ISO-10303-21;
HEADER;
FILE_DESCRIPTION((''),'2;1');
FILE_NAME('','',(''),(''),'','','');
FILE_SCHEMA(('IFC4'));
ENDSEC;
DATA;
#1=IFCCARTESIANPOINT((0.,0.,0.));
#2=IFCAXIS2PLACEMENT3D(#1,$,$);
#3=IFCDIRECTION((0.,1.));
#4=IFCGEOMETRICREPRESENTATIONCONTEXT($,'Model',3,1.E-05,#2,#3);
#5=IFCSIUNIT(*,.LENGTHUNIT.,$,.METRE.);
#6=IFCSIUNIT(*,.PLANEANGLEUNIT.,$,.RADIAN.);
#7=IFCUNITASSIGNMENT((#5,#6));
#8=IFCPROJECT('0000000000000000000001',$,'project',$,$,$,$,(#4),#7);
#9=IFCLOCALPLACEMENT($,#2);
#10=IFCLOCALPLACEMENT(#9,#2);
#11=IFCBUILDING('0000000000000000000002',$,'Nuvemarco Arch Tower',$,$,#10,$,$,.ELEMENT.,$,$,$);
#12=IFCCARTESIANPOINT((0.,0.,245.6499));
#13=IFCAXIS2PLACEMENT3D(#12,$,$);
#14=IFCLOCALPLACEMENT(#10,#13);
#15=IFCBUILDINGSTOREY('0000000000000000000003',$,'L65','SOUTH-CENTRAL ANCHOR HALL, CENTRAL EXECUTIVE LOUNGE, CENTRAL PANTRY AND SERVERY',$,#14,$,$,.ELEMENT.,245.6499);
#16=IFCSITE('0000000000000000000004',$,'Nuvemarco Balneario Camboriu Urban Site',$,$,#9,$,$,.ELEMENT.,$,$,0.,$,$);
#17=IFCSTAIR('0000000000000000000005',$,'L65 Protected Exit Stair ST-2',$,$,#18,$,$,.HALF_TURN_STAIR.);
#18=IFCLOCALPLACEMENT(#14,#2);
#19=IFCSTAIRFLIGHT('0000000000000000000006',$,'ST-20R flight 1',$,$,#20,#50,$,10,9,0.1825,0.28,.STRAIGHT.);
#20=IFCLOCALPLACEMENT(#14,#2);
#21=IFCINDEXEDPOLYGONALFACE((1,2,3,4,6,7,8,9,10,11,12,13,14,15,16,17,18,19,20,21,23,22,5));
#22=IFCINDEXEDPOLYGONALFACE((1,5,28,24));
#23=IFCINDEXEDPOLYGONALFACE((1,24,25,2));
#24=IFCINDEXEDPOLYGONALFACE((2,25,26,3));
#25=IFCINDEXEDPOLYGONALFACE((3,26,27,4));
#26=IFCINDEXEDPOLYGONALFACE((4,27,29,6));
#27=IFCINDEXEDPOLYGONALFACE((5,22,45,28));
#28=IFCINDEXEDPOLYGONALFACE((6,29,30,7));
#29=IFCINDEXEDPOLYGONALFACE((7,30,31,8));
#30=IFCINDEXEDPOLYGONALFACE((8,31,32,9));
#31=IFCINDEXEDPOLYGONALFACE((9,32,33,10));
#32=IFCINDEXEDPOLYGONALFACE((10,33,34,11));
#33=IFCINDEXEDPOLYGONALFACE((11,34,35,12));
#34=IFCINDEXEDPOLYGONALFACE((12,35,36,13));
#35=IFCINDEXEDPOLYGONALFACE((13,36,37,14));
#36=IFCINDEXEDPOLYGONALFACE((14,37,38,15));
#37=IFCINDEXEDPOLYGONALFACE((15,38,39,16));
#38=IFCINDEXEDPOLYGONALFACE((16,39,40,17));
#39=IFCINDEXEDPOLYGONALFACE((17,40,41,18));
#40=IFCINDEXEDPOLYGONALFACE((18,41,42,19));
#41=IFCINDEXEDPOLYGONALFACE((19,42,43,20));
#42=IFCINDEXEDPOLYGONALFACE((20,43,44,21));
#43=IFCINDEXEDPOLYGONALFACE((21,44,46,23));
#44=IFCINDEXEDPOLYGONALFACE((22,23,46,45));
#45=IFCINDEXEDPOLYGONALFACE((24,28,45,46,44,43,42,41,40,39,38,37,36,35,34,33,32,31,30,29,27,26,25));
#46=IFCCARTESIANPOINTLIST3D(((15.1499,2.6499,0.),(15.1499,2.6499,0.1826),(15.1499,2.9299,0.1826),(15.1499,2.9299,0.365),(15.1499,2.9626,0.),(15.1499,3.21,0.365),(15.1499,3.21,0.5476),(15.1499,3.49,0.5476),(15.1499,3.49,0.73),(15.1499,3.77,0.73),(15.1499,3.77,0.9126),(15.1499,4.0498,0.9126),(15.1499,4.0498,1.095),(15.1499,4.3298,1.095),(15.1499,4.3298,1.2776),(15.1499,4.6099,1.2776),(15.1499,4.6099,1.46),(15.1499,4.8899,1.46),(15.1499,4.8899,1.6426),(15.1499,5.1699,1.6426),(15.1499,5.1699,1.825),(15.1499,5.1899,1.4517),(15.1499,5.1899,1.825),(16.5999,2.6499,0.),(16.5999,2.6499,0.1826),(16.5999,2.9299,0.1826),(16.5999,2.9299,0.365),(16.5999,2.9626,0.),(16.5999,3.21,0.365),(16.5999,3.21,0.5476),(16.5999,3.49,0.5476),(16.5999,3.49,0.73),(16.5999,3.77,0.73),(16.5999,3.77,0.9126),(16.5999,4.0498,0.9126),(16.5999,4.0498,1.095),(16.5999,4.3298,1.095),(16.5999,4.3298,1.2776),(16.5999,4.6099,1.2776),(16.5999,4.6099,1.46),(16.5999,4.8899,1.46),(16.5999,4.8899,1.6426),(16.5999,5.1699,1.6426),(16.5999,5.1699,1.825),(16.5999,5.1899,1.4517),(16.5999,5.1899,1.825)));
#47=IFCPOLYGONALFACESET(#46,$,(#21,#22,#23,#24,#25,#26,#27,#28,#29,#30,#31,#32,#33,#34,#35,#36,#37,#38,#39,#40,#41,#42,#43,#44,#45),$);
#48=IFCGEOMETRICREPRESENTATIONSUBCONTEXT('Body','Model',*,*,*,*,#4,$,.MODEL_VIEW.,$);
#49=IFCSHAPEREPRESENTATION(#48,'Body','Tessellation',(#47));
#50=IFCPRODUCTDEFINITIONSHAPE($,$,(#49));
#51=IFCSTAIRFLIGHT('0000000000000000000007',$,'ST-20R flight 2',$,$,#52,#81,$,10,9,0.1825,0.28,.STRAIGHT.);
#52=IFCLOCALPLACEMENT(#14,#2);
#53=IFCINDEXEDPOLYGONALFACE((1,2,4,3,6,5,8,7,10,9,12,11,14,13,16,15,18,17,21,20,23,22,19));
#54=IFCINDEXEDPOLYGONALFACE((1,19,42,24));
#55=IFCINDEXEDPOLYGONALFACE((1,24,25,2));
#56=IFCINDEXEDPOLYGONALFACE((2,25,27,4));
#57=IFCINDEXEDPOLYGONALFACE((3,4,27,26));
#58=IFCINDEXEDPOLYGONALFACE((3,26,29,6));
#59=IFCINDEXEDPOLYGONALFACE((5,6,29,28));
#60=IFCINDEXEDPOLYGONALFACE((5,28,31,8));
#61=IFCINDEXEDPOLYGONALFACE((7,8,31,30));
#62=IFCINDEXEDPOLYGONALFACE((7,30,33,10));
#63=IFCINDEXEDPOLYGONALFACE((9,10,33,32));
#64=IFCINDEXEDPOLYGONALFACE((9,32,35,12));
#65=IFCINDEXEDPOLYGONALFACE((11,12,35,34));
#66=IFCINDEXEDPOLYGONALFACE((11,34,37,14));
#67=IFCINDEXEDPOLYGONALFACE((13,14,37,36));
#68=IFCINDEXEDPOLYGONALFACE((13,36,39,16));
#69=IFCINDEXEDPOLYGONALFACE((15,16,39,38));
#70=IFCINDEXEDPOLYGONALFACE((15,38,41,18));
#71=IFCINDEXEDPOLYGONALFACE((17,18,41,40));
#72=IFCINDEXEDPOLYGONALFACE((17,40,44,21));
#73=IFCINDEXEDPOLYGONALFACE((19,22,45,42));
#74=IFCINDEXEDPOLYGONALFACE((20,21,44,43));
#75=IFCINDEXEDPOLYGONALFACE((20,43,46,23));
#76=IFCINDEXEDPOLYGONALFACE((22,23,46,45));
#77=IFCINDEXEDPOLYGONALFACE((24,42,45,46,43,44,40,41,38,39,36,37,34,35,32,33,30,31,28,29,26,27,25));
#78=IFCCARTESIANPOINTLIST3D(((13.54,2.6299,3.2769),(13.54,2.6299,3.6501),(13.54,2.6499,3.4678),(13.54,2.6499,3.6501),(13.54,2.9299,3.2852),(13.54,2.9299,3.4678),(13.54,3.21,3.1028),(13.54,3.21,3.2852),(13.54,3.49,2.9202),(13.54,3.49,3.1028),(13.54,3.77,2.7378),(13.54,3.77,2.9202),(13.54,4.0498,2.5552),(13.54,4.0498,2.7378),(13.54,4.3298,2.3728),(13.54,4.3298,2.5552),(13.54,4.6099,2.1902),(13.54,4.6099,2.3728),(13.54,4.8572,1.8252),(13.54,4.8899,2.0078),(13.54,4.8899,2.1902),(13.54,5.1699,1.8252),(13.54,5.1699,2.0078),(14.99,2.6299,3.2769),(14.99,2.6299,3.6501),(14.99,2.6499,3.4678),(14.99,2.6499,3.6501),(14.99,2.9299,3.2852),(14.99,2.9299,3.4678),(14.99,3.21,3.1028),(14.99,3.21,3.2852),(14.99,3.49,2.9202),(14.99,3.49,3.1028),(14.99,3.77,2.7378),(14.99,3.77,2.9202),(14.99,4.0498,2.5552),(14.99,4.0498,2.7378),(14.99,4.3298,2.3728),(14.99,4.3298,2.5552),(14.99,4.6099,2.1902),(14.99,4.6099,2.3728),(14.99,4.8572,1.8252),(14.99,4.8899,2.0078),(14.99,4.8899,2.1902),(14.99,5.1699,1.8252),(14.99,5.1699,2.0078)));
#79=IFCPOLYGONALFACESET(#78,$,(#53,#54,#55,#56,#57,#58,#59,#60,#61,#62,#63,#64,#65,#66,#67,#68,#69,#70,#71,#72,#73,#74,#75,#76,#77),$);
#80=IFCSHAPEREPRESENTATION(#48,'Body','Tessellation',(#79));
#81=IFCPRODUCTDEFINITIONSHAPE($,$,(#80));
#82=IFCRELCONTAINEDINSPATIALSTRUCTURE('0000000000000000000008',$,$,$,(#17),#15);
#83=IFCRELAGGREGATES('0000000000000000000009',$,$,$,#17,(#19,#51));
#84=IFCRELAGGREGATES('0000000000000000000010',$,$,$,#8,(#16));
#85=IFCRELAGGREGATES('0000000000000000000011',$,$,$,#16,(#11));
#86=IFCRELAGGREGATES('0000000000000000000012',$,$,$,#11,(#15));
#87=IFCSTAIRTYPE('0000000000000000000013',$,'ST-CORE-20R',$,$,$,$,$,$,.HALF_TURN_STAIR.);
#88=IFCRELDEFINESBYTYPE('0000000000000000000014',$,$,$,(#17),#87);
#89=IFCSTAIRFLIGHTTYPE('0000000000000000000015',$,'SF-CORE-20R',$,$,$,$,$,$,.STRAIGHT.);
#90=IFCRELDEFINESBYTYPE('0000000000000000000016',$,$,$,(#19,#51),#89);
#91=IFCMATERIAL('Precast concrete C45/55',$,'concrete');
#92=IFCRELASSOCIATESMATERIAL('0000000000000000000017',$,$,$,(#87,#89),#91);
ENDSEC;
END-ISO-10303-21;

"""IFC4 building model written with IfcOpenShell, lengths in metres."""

from ifc_helpers import new_model, si_unit, direction, frame, origin, place, context, subcontext, project, spatial, polyline, outline, extrude, material, type_object, element, aggregate, save


model = new_model("IFC4")

# Units and contexts
model_context = context("Model", 3, precision=1e-05, world=origin(), true_north=direction((0.0, 1.0)))
body_context = subcontext(model_context, "Body", "Model", "MODEL_VIEW")
ifc_project = project(units=[si_unit("LENGTHUNIT", "METRE"), si_unit("PLANEANGLEUNIT", "RADIAN")], contexts=[model_context])

# Site, building, storey
site_placement = place(None, origin())
site = spatial("IfcSite", under=ifc_project, at=site_placement, Name="Nuvemarco Balneario Camboriu Urban Site", CompositionType="ELEMENT", RefElevation=0.0)
building_placement = place(site_placement, origin())
building = spatial("IfcBuilding", under=site, at=building_placement, Name="Nuvemarco Arch Tower", CompositionType="ELEMENT")
storey_placement = place(building_placement, frame((0.0, 0.0, 245.6499)))
storey = spatial("IfcBuildingStorey", under=building, at=storey_placement, Name="L65", Description="SOUTH-CENTRAL ANCHOR HALL, CENTRAL EXECUTIVE LOUNGE, CENTRAL PANTRY AND SERVERY", CompositionType="ELEMENT", Elevation=245.6499)

# Shared definitions
ifc_material_1 = material(Name="Precast concrete C45/55", Category="concrete")

# Stair, stair flights
stair_type = type_object("IfcStairType", Name="ST-CORE-20R", PredefinedType="HALF_TURN_STAIR", material=ifc_material_1)
stair_placement = place(storey_placement, origin())
stair = element("IfcStair", 1, at=stair_placement, inside=storey, type_object=stair_type, Name="L65 Protected Exit Stair ST-2", PredefinedType="HALF_TURN_STAIR")
stair_flight_type = type_object("IfcStairFlightType", Name="SF-CORE-20R", PredefinedType="STRAIGHT", material=ifc_material_1)
stair_flight_1_placement = place(storey_placement, frame((15.875, 2.6499, 0.0), z_axis=(0.0, 0.0, 1.0), x_axis=(0.0, 1.0, 0.0)))
stair_flight_1 = element("IfcStairFlight", 2, at=stair_flight_1_placement, type_object=stair_flight_type, Name="ST-20R flight 1", NumberOfRisers=10, NumberOfTreads=9, PredefinedType="STRAIGHT", RiserHeight=0.1825, TreadLength=0.28, context=body_context, shape_type="SweptSolid", body=[
    extrude(outline(polyline([(0.0, 0.0), (0.0, 0.1826), (0.28, 0.1826), (0.28, 0.365), (0.5601, 0.365), (0.5601, 0.5476), (0.8401, 0.5476), (0.8401, 0.73), (1.1201, 0.73), (1.1201, 0.9126), (1.3999, 0.9126), (1.3999, 1.095), (1.6799, 1.095), (1.6799, 1.2776), (1.96, 1.2776), (1.96, 1.46), (2.24, 1.46), (2.24, 1.6426), (2.52, 1.6426), (2.52, 1.825), (2.54, 1.825), (2.54, 1.4517), (0.3127, 0.0), (0.0, 0.0)])), frame((0.0, 0.7251, 0.0), z_axis=(0.0, -1.0, 0.0), x_axis=(1.0, 0.0, 0.0)), (0.0, 0.0, 1.0), 1.45),
])
stair_flight_2_placement = place(storey_placement, frame((14.2649, 5.1699, 1.8252), z_axis=(0.0, 0.0, 1.0), x_axis=(0.0, -1.0, 0.0)))
stair_flight_2 = element("IfcStairFlight", 3, at=stair_flight_2_placement, type_object=stair_flight_type, Name="ST-20R flight 2", NumberOfRisers=10, NumberOfTreads=9, PredefinedType="STRAIGHT", RiserHeight=0.1825, TreadLength=0.28, context=body_context, shape_type="SweptSolid", body=[
    extrude(outline(polyline([(0.0, 0.0), (0.0, 0.1826), (0.28, 0.1826), (0.28, 0.365), (0.5601, 0.365), (0.5601, 0.5476), (0.8401, 0.5476), (0.8401, 0.73), (1.1201, 0.73), (1.1201, 0.9126), (1.3999, 0.9126), (1.3999, 1.095), (1.6799, 1.095), (1.6799, 1.2776), (1.96, 1.2776), (1.96, 1.46), (2.24, 1.46), (2.24, 1.6426), (2.52, 1.6426), (2.52, 1.825), (2.54, 1.825), (2.54, 1.4517), (0.3127, 0.0), (0.0, 0.0)])), frame((0.0, 0.7251, 0.0), z_axis=(0.0, -1.0, 0.0), x_axis=(1.0, 0.0, 0.0)), (0.0, 0.0, 1.0), 1.45),
])
aggregate(stair, [stair_flight_1, stair_flight_2])

save(model, "model.ifc")
